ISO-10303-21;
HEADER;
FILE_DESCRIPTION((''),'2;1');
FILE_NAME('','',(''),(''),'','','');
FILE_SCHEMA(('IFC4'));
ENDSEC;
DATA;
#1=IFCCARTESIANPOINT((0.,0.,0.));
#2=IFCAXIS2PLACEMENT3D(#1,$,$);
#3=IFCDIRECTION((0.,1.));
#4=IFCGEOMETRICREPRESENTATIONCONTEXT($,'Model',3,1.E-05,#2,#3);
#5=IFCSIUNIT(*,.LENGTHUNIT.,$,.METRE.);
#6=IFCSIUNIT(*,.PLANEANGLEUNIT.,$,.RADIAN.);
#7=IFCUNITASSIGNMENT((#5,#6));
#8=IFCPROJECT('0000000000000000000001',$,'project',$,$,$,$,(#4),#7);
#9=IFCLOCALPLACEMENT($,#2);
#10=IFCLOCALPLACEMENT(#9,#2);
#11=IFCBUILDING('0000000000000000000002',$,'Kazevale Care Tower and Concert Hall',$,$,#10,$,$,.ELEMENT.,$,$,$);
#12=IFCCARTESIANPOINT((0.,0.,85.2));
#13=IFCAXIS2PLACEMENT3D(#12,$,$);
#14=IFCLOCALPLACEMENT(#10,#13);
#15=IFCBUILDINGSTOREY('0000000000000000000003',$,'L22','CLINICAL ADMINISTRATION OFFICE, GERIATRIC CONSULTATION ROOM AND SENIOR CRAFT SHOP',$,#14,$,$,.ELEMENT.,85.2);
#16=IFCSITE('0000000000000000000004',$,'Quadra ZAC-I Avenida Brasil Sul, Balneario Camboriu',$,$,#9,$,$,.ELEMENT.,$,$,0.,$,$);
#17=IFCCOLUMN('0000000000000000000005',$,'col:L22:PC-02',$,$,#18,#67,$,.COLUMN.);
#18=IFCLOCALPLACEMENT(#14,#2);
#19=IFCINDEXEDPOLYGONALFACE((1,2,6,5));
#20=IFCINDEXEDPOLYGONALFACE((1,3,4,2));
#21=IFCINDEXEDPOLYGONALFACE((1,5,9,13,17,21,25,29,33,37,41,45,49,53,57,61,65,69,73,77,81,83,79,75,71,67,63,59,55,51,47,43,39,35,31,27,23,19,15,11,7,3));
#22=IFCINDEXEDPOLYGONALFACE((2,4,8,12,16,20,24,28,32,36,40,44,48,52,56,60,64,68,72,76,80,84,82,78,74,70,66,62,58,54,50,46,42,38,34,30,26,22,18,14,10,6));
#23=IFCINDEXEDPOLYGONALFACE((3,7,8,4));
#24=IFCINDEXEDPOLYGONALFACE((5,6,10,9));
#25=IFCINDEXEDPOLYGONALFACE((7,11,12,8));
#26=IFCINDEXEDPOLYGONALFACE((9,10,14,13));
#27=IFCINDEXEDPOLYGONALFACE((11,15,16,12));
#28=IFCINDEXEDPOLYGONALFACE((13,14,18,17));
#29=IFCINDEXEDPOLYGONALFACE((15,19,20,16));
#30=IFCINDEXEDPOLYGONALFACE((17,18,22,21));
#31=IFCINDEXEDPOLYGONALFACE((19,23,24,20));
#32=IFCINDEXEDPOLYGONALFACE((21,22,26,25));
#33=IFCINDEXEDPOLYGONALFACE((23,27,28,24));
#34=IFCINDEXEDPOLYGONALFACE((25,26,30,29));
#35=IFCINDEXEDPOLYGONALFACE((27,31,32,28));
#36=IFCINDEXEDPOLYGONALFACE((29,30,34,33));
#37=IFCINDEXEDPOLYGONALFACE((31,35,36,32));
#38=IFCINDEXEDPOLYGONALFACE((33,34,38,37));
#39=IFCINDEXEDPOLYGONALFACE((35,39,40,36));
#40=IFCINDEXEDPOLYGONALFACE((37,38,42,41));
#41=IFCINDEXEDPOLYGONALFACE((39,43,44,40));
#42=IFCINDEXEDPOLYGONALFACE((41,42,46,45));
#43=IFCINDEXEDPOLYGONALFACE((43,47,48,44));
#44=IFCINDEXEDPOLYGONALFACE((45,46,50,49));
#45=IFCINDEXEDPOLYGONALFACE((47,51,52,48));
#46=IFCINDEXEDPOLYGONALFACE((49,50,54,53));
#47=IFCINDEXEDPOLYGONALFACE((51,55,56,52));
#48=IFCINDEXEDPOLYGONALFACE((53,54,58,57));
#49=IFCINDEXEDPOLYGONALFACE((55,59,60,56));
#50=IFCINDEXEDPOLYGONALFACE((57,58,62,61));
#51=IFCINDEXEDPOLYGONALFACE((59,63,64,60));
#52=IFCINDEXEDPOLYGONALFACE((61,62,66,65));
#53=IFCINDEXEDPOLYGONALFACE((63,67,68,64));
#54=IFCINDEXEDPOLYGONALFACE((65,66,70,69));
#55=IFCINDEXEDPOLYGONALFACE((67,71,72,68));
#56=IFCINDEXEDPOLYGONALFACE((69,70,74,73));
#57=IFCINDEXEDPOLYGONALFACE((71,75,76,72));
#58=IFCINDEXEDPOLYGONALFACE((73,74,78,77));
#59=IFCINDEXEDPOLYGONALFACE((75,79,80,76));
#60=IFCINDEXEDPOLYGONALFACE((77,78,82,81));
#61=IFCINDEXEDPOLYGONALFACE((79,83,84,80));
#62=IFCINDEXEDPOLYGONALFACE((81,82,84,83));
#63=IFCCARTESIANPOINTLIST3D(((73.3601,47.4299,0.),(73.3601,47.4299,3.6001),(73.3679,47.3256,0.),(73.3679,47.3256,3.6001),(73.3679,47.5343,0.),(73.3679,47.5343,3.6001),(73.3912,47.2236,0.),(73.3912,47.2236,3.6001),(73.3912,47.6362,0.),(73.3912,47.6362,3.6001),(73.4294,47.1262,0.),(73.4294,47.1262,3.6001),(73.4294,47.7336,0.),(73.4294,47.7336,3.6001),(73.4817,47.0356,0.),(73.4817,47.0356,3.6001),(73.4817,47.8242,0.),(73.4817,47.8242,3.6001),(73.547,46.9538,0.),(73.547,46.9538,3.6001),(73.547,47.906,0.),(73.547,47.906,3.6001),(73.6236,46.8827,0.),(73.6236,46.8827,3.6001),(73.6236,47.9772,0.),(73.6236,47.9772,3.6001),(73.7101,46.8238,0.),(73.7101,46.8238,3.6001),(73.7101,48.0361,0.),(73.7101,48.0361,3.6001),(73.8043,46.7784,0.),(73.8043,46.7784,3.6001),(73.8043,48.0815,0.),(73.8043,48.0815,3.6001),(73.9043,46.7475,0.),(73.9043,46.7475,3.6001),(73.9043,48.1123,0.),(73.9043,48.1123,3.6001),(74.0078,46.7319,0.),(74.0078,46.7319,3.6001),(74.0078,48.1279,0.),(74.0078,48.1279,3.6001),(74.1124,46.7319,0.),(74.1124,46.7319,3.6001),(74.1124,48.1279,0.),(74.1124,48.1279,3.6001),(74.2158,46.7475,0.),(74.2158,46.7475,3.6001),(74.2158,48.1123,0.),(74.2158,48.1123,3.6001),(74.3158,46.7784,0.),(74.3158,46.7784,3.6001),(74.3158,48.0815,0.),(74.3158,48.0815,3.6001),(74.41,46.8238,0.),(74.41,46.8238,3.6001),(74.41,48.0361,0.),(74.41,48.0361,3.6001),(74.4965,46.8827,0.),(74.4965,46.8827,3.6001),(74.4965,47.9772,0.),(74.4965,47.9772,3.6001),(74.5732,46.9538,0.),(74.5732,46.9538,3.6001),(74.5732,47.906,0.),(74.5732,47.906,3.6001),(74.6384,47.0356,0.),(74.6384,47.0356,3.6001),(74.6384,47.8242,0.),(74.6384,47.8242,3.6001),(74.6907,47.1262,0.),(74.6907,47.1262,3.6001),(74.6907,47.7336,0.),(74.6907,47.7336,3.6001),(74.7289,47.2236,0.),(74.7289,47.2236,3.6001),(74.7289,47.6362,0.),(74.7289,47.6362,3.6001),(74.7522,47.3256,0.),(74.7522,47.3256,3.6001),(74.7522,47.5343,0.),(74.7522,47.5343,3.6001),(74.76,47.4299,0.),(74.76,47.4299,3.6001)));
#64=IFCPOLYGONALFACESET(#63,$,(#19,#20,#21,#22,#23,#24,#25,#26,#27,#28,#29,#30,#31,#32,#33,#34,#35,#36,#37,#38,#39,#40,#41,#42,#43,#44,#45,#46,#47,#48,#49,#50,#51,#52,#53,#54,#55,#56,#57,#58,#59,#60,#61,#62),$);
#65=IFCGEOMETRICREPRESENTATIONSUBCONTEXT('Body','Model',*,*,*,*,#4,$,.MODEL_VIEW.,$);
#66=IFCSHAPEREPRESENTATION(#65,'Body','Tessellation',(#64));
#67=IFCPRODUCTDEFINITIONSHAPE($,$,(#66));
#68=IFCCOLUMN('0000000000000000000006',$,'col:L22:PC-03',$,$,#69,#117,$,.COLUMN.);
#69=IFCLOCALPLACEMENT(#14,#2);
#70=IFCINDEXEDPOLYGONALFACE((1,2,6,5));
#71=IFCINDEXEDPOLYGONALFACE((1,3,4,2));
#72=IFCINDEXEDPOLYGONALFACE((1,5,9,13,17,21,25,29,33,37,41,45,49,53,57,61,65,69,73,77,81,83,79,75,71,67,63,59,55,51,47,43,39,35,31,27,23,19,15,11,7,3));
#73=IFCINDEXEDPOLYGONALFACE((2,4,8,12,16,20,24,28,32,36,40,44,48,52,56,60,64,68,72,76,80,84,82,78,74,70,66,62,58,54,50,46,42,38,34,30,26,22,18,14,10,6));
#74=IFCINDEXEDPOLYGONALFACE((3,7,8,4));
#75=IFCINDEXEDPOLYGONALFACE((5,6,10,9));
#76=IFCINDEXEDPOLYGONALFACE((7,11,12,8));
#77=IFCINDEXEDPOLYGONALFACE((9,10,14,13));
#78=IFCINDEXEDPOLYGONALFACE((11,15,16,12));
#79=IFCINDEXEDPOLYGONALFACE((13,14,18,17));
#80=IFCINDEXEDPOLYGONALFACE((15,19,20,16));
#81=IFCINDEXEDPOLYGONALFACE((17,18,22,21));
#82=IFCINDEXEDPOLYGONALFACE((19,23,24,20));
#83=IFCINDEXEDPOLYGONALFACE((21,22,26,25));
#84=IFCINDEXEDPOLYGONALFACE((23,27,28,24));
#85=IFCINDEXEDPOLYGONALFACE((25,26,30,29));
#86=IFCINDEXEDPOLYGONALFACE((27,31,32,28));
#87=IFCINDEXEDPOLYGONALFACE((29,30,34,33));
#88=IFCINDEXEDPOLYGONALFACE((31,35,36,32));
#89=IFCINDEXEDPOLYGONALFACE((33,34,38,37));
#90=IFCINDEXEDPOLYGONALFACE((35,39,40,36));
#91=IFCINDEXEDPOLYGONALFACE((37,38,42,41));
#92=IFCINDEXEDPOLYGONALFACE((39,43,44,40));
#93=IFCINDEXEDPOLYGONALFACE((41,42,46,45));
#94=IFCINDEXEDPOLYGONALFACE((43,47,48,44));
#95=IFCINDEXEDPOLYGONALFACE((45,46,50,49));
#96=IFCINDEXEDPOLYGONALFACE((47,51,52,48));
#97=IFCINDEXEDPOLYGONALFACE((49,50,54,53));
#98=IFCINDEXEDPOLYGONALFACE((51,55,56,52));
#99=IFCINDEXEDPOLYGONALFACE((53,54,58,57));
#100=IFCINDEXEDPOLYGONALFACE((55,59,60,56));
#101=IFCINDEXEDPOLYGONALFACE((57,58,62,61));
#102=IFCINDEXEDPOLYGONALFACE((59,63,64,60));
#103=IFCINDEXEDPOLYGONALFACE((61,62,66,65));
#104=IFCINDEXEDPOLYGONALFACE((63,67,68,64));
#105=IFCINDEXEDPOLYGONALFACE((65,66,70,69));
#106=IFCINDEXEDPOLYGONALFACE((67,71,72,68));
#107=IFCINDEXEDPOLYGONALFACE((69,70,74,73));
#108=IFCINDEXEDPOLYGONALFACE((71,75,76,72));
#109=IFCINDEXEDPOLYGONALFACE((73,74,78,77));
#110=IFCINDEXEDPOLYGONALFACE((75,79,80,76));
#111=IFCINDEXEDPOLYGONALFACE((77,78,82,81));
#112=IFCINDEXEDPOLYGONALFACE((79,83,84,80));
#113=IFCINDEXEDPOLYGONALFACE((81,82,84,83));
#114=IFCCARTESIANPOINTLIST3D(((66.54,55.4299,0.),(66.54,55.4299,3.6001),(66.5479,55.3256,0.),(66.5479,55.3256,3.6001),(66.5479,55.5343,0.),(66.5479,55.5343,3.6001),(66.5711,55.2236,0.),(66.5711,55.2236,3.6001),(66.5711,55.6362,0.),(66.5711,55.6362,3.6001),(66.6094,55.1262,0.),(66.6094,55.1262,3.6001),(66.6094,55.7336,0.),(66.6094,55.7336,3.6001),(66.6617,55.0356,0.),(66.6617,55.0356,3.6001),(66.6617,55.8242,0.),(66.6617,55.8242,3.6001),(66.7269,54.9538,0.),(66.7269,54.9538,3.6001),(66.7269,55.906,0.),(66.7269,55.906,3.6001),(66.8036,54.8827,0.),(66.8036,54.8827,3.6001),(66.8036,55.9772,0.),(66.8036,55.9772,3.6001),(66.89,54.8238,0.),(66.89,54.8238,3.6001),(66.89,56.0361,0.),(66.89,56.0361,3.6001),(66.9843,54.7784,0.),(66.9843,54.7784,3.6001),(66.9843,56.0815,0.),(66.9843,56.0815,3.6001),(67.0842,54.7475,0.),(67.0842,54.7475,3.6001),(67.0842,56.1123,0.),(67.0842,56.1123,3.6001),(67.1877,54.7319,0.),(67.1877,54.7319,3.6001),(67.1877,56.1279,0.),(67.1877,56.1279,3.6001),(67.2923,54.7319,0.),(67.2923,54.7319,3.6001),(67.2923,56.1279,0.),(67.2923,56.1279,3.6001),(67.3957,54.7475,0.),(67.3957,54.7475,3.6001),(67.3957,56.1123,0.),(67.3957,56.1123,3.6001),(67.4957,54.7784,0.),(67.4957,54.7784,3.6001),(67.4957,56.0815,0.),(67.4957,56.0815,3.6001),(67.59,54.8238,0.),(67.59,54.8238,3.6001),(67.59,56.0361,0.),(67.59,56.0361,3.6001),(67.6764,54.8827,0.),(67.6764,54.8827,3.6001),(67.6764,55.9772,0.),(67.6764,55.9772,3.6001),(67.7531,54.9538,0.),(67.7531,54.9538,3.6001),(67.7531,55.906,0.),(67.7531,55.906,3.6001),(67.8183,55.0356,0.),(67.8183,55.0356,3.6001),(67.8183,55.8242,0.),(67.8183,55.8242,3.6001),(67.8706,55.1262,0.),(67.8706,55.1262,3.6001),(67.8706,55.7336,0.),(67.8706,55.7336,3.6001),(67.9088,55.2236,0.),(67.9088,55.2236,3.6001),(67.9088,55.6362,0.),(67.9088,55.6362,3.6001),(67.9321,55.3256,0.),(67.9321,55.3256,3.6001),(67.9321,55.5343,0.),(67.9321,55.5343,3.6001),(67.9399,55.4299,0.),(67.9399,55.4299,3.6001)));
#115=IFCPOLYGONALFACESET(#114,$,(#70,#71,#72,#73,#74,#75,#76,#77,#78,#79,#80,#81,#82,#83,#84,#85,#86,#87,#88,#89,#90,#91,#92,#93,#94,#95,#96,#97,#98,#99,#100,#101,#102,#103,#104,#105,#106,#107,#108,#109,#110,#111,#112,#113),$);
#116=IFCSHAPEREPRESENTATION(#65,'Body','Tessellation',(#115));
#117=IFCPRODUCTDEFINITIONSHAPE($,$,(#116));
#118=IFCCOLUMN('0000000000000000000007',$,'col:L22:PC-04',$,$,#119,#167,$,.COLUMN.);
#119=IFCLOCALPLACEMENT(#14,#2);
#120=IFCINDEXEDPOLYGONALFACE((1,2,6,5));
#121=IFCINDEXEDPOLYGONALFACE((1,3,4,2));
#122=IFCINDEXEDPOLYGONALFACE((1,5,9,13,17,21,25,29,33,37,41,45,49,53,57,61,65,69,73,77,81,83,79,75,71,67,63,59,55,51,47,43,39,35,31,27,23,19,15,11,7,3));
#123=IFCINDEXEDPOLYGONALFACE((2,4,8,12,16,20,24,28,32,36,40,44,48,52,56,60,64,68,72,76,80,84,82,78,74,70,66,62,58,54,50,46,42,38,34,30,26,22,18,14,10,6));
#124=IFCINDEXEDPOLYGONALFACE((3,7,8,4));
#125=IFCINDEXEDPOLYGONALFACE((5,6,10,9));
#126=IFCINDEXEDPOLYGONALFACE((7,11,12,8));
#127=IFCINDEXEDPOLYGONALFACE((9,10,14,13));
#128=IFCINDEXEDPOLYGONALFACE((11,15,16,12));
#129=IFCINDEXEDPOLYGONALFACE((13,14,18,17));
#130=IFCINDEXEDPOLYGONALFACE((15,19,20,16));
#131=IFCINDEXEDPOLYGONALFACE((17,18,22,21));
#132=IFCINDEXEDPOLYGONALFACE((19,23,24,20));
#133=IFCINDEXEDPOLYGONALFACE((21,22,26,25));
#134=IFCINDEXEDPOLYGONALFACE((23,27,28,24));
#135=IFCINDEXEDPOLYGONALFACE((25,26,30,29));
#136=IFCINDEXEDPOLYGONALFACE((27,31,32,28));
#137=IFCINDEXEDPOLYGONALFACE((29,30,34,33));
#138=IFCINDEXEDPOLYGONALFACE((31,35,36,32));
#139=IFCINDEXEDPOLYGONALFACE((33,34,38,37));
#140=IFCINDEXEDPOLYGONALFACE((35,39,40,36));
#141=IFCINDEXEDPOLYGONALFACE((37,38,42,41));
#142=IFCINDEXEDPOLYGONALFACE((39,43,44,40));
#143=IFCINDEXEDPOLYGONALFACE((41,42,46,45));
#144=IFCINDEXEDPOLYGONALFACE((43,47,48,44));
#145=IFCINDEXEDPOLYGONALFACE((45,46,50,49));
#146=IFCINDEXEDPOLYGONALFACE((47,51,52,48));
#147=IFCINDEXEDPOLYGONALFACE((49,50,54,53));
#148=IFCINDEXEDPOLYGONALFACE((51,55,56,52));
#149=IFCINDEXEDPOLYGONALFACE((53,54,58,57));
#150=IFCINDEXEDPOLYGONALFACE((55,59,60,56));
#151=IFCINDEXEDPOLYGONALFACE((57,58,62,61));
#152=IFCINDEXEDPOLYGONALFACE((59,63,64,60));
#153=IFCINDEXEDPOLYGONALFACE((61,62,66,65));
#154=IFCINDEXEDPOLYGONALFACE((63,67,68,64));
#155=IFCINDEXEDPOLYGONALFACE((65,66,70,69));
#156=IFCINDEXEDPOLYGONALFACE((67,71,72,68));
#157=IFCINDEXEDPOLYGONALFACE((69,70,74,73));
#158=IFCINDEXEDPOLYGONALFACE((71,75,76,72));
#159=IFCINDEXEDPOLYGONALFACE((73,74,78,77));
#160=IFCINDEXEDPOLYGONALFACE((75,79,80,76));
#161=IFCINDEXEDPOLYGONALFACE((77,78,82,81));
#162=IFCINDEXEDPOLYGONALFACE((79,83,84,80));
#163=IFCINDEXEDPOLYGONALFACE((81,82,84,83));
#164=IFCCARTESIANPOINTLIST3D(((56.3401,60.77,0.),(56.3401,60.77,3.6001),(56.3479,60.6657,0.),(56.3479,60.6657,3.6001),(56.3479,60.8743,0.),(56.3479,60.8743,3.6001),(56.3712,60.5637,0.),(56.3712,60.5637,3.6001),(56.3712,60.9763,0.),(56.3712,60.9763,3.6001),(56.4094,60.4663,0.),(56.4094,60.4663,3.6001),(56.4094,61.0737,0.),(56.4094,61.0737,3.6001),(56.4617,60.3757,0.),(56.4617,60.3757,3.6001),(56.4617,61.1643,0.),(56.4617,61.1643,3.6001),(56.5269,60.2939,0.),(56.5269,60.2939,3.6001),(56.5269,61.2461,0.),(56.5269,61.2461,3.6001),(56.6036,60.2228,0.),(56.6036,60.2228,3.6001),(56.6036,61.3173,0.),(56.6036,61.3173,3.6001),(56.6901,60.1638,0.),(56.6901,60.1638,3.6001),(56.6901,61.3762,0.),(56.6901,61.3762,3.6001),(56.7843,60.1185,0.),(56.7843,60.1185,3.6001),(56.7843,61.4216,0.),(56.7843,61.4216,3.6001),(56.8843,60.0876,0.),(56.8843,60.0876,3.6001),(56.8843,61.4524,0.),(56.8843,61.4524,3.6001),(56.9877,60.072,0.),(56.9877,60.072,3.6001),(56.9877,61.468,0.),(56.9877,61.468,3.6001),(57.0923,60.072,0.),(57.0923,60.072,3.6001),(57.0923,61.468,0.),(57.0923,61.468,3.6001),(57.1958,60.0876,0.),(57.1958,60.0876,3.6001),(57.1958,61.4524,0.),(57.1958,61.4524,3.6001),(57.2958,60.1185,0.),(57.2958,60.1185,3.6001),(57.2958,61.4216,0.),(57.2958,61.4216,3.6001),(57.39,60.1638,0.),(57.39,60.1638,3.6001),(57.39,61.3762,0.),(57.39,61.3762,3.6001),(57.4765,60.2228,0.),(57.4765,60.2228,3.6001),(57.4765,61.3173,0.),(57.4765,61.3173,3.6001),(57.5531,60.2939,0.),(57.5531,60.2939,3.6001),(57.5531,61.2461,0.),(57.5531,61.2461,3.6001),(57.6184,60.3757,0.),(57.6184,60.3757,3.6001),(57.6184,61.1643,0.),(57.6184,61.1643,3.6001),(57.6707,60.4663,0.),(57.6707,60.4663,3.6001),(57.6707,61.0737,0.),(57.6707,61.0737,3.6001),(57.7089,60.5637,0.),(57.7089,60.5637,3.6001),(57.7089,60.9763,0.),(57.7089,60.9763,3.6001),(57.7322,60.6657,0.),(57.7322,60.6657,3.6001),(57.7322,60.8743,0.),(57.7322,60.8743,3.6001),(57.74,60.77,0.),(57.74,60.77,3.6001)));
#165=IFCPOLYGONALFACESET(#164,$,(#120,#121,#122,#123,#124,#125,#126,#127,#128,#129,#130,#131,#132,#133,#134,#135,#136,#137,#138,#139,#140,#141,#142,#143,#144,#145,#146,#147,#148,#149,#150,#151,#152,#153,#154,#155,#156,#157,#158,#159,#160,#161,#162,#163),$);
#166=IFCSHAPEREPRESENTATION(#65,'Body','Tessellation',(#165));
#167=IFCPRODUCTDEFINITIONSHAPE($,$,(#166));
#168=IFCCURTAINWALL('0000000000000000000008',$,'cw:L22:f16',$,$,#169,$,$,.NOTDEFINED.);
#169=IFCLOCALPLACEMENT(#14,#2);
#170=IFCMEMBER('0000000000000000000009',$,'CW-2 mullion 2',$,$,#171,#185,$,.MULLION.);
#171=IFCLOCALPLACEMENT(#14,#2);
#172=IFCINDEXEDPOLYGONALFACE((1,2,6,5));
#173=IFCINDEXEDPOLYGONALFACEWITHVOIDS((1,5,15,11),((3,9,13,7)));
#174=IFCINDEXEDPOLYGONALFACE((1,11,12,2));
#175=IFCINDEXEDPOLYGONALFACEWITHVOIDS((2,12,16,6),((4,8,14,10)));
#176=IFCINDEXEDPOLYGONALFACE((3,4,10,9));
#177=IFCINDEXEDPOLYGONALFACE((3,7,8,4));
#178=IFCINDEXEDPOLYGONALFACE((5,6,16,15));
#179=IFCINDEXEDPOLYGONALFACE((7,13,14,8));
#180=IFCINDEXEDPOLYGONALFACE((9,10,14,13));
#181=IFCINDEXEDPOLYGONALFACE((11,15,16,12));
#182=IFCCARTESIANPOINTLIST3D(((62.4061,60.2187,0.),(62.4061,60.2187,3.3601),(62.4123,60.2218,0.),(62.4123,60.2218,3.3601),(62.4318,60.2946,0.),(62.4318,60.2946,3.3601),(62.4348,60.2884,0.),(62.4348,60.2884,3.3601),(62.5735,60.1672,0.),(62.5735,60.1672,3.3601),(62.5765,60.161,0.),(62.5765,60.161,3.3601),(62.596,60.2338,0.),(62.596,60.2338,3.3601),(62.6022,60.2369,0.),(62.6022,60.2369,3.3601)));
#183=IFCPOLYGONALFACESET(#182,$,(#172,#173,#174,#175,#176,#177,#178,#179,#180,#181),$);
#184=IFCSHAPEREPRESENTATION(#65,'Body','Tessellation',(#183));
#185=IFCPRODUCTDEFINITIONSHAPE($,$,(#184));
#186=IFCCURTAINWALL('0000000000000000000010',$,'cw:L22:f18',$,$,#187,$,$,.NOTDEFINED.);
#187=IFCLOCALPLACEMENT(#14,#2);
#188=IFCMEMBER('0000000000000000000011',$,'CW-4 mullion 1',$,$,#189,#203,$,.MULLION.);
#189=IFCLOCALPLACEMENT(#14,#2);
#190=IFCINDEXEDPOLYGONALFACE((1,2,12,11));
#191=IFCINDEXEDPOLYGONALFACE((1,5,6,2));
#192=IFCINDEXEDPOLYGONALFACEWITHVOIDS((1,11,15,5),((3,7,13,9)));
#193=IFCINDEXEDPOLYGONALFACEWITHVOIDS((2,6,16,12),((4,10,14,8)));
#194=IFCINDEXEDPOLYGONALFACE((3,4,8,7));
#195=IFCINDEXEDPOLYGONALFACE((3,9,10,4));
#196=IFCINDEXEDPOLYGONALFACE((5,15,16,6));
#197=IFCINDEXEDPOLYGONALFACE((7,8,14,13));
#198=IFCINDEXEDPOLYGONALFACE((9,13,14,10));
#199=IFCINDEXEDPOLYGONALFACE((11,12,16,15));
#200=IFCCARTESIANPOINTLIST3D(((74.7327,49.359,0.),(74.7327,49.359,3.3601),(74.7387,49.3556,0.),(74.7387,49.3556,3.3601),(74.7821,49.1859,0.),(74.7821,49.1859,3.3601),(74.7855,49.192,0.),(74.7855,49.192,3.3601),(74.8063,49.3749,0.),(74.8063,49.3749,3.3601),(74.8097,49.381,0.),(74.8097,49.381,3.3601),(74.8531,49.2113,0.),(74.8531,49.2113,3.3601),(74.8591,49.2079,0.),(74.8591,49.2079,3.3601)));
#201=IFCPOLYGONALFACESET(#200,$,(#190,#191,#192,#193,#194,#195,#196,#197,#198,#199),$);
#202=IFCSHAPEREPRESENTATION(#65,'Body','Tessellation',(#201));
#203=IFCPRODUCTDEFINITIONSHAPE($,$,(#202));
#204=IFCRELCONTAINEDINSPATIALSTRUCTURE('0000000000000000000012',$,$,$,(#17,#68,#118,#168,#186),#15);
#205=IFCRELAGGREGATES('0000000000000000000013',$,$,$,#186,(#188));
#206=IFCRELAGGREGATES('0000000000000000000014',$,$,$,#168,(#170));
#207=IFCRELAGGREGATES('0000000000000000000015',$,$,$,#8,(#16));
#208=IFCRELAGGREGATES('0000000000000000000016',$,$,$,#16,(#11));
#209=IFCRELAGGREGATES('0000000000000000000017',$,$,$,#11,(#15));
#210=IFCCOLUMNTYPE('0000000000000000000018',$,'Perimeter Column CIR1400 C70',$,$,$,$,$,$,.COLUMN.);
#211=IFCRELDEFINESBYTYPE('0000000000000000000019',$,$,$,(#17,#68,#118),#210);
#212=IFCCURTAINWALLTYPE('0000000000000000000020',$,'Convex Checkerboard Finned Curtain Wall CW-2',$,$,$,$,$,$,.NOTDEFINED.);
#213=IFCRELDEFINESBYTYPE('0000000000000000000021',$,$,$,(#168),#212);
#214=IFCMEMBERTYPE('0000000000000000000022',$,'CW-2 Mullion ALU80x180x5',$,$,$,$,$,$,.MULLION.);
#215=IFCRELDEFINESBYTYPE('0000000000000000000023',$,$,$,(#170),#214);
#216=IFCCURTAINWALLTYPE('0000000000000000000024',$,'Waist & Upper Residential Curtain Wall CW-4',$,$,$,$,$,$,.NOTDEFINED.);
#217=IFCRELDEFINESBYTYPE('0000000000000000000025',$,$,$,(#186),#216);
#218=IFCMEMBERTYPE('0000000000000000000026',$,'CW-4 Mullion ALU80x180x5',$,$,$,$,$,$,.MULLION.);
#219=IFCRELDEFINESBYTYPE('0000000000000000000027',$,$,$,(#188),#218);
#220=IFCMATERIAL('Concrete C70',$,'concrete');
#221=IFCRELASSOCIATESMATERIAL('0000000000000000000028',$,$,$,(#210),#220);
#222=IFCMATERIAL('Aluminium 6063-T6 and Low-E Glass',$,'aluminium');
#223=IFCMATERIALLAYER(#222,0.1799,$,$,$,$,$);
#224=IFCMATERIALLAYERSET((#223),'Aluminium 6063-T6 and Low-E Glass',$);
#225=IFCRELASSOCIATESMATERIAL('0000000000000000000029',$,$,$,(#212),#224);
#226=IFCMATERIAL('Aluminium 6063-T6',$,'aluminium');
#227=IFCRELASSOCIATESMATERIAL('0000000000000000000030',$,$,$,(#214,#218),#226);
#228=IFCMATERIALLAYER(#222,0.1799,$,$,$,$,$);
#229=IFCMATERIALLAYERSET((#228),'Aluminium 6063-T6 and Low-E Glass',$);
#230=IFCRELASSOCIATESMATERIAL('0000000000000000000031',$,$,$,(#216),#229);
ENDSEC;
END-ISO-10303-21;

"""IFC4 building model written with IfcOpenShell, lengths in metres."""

from ifc_helpers import new_model, si_unit, direction, frame, origin, origin_2d, place, context, subcontext, project, spatial, hollow_rectangle, circle, extrude, material, layer, layer_set, material_profile, profile_set, type_object, element, aggregate, save


model = new_model("IFC4")

# Units and contexts
model_context = context("Model", 3, precision=1e-05, world=origin(), true_north=direction((0.0, 1.0)))
body_context = subcontext(model_context, "Body", "Model", "MODEL_VIEW")
ifc_project = project(units=[si_unit("LENGTHUNIT", "METRE"), si_unit("PLANEANGLEUNIT", "RADIAN")], contexts=[model_context])

# Site, building, storey
site_placement = place(None, origin())
site = spatial("IfcSite", under=ifc_project, at=site_placement, Name="Quadra ZAC-I Avenida Brasil Sul, Balneario Camboriu", CompositionType="ELEMENT", RefElevation=0.0)
building_placement = place(site_placement, origin())
building = spatial("IfcBuilding", under=site, at=building_placement, Name="Kazevale Care Tower and Concert Hall", CompositionType="ELEMENT")
storey_placement = place(building_placement, frame((0.0, 0.0, 85.2)))
storey = spatial("IfcBuildingStorey", under=building, at=storey_placement, Name="L22", Description="CLINICAL ADMINISTRATION OFFICE, GERIATRIC CONSULTATION ROOM AND SENIOR CRAFT SHOP", CompositionType="ELEMENT", Elevation=85.2)

# Columns
ifc_material_1 = material(Name="Concrete C70", Category="concrete")
ifc_material_profile_1 = material_profile(ifc_material_1, circle(Radius=0.7, at=origin_2d()), Name="RC-CIR1400")
ifc_profile_set_1 = profile_set([ifc_material_profile_1], Name="Concrete C70")
column_type = type_object("IfcColumnType", Name="Perimeter Column CIR1400 C70", PredefinedType="COLUMN", material=ifc_profile_set_1)
for number, where, z_axis, x_axis, name in (
    (1, (74.0601, 47.4299, 0.0), (0.0, 0.0, 1.0), (1.0, 0.0, 0.0), "col:L22:PC-02"),
    (2, (67.24, 55.4299, 0.0), (0.0, 0.0, 1.0), (1.0, 0.0, 0.0), "col:L22:PC-03"),
    (3, (57.04, 60.77, 0.0), (0.0, 0.0, 1.0), (1.0, 0.0, 0.0), "col:L22:PC-04"),
):
    element("IfcColumn", number, at=place(storey_placement, frame(where, z_axis=z_axis, x_axis=x_axis)), inside=storey, type_object=column_type, Name=name, PredefinedType="COLUMN", context=body_context, shape_type="SweptSolid", body=[
        extrude(circle(Radius=0.7, at=origin_2d()), origin(), (0.0, 0.0, 1.0), 3.6001),
    ])

# Curtain wall, member
ifc_material_2 = material(Name="Aluminium 6063-T6 and Low-E Glass", Category="aluminium")
ifc_layer_1 = layer(ifc_material_2, 0.1799)
ifc_layer_set_1 = layer_set([ifc_layer_1], Name="Aluminium 6063-T6 and Low-E Glass")
curtain_wall_type_1 = type_object("IfcCurtainWallType", Name="Convex Checkerboard Finned Curtain Wall CW-2", PredefinedType="NOTDEFINED", material=ifc_layer_set_1)
curtain_wall_1_placement = place(storey_placement, origin())
curtain_wall_1 = element("IfcCurtainWall", 4, at=curtain_wall_1_placement, inside=storey, type_object=curtain_wall_type_1, Name="cw:L22:f16", PredefinedType="NOTDEFINED")
ifc_material_3 = material(Name="Aluminium 6063-T6", Category="aluminium")
ifc_material_profile_2 = material_profile(ifc_material_3, hollow_rectangle(XDim=0.0801, YDim=0.1799, WallThickness=0.0049, at=origin_2d()), Name="ALU80x180x5")
ifc_profile_set_2 = profile_set([ifc_material_profile_2], Name="Aluminium 6063-T6")
member_type_1 = type_object("IfcMemberType", Name="CW-2 Mullion ALU80x180x5", PredefinedType="MULLION", material=ifc_profile_set_2)
member_1_placement = place(storey_placement, frame((62.5042, 60.2278, 0.0), z_axis=(0.0, 0.0, 1.0), x_axis=(0.320636, 0.947203, 0.0)))
member_1 = element("IfcMember", 5, at=member_1_placement, type_object=member_type_1, Name="CW-2 mullion 2", PredefinedType="MULLION", context=body_context, shape_type="SweptSolid", body=[
    extrude(hollow_rectangle(XDim=0.0801, YDim=0.1799, WallThickness=0.0049, at=origin_2d()), origin(), (0.0, 0.0, 1.0), 3.3601),
])

# Curtain wall, member
ifc_layer_2 = layer(ifc_material_2, 0.1799)
ifc_layer_set_2 = layer_set([ifc_layer_2], Name="Aluminium 6063-T6 and Low-E Glass")
curtain_wall_type_2 = type_object("IfcCurtainWallType", Name="Waist & Upper Residential Curtain Wall CW-4", PredefinedType="NOTDEFINED", material=ifc_layer_set_2)
curtain_wall_2_placement = place(storey_placement, origin())
curtain_wall_2 = element("IfcCurtainWall", 6, at=curtain_wall_2_placement, inside=storey, type_object=curtain_wall_type_2, Name="cw:L22:f18", PredefinedType="NOTDEFINED")
ifc_material_profile_3 = material_profile(ifc_material_3, hollow_rectangle(XDim=0.0801, YDim=0.1799, WallThickness=0.0049, at=origin_2d()), Name="ALU80x180x5")
ifc_profile_set_3 = profile_set([ifc_material_profile_3], Name="Aluminium 6063-T6")
member_type_2 = type_object("IfcMemberType", Name="CW-4 Mullion ALU80x180x5", PredefinedType="MULLION", material=ifc_profile_set_3)
member_2_placement = place(storey_placement, frame((74.7959, 49.2834, 0.0), z_axis=(0.0, 0.0, 1.0), x_axis=(0.961521, 0.274732, 0.0)))
member_2 = element("IfcMember", 7, at=member_2_placement, type_object=member_type_2, Name="CW-4 mullion 1", PredefinedType="MULLION", context=body_context, shape_type="SweptSolid", body=[
    extrude(hollow_rectangle(XDim=0.0801, YDim=0.1799, WallThickness=0.0049, at=origin_2d()), origin(), (0.0, 0.0, 1.0), 3.3601),
])
aggregate(curtain_wall_2, [member_2])

aggregate(curtain_wall_1, [member_1])

save(model, "model.ifc")
